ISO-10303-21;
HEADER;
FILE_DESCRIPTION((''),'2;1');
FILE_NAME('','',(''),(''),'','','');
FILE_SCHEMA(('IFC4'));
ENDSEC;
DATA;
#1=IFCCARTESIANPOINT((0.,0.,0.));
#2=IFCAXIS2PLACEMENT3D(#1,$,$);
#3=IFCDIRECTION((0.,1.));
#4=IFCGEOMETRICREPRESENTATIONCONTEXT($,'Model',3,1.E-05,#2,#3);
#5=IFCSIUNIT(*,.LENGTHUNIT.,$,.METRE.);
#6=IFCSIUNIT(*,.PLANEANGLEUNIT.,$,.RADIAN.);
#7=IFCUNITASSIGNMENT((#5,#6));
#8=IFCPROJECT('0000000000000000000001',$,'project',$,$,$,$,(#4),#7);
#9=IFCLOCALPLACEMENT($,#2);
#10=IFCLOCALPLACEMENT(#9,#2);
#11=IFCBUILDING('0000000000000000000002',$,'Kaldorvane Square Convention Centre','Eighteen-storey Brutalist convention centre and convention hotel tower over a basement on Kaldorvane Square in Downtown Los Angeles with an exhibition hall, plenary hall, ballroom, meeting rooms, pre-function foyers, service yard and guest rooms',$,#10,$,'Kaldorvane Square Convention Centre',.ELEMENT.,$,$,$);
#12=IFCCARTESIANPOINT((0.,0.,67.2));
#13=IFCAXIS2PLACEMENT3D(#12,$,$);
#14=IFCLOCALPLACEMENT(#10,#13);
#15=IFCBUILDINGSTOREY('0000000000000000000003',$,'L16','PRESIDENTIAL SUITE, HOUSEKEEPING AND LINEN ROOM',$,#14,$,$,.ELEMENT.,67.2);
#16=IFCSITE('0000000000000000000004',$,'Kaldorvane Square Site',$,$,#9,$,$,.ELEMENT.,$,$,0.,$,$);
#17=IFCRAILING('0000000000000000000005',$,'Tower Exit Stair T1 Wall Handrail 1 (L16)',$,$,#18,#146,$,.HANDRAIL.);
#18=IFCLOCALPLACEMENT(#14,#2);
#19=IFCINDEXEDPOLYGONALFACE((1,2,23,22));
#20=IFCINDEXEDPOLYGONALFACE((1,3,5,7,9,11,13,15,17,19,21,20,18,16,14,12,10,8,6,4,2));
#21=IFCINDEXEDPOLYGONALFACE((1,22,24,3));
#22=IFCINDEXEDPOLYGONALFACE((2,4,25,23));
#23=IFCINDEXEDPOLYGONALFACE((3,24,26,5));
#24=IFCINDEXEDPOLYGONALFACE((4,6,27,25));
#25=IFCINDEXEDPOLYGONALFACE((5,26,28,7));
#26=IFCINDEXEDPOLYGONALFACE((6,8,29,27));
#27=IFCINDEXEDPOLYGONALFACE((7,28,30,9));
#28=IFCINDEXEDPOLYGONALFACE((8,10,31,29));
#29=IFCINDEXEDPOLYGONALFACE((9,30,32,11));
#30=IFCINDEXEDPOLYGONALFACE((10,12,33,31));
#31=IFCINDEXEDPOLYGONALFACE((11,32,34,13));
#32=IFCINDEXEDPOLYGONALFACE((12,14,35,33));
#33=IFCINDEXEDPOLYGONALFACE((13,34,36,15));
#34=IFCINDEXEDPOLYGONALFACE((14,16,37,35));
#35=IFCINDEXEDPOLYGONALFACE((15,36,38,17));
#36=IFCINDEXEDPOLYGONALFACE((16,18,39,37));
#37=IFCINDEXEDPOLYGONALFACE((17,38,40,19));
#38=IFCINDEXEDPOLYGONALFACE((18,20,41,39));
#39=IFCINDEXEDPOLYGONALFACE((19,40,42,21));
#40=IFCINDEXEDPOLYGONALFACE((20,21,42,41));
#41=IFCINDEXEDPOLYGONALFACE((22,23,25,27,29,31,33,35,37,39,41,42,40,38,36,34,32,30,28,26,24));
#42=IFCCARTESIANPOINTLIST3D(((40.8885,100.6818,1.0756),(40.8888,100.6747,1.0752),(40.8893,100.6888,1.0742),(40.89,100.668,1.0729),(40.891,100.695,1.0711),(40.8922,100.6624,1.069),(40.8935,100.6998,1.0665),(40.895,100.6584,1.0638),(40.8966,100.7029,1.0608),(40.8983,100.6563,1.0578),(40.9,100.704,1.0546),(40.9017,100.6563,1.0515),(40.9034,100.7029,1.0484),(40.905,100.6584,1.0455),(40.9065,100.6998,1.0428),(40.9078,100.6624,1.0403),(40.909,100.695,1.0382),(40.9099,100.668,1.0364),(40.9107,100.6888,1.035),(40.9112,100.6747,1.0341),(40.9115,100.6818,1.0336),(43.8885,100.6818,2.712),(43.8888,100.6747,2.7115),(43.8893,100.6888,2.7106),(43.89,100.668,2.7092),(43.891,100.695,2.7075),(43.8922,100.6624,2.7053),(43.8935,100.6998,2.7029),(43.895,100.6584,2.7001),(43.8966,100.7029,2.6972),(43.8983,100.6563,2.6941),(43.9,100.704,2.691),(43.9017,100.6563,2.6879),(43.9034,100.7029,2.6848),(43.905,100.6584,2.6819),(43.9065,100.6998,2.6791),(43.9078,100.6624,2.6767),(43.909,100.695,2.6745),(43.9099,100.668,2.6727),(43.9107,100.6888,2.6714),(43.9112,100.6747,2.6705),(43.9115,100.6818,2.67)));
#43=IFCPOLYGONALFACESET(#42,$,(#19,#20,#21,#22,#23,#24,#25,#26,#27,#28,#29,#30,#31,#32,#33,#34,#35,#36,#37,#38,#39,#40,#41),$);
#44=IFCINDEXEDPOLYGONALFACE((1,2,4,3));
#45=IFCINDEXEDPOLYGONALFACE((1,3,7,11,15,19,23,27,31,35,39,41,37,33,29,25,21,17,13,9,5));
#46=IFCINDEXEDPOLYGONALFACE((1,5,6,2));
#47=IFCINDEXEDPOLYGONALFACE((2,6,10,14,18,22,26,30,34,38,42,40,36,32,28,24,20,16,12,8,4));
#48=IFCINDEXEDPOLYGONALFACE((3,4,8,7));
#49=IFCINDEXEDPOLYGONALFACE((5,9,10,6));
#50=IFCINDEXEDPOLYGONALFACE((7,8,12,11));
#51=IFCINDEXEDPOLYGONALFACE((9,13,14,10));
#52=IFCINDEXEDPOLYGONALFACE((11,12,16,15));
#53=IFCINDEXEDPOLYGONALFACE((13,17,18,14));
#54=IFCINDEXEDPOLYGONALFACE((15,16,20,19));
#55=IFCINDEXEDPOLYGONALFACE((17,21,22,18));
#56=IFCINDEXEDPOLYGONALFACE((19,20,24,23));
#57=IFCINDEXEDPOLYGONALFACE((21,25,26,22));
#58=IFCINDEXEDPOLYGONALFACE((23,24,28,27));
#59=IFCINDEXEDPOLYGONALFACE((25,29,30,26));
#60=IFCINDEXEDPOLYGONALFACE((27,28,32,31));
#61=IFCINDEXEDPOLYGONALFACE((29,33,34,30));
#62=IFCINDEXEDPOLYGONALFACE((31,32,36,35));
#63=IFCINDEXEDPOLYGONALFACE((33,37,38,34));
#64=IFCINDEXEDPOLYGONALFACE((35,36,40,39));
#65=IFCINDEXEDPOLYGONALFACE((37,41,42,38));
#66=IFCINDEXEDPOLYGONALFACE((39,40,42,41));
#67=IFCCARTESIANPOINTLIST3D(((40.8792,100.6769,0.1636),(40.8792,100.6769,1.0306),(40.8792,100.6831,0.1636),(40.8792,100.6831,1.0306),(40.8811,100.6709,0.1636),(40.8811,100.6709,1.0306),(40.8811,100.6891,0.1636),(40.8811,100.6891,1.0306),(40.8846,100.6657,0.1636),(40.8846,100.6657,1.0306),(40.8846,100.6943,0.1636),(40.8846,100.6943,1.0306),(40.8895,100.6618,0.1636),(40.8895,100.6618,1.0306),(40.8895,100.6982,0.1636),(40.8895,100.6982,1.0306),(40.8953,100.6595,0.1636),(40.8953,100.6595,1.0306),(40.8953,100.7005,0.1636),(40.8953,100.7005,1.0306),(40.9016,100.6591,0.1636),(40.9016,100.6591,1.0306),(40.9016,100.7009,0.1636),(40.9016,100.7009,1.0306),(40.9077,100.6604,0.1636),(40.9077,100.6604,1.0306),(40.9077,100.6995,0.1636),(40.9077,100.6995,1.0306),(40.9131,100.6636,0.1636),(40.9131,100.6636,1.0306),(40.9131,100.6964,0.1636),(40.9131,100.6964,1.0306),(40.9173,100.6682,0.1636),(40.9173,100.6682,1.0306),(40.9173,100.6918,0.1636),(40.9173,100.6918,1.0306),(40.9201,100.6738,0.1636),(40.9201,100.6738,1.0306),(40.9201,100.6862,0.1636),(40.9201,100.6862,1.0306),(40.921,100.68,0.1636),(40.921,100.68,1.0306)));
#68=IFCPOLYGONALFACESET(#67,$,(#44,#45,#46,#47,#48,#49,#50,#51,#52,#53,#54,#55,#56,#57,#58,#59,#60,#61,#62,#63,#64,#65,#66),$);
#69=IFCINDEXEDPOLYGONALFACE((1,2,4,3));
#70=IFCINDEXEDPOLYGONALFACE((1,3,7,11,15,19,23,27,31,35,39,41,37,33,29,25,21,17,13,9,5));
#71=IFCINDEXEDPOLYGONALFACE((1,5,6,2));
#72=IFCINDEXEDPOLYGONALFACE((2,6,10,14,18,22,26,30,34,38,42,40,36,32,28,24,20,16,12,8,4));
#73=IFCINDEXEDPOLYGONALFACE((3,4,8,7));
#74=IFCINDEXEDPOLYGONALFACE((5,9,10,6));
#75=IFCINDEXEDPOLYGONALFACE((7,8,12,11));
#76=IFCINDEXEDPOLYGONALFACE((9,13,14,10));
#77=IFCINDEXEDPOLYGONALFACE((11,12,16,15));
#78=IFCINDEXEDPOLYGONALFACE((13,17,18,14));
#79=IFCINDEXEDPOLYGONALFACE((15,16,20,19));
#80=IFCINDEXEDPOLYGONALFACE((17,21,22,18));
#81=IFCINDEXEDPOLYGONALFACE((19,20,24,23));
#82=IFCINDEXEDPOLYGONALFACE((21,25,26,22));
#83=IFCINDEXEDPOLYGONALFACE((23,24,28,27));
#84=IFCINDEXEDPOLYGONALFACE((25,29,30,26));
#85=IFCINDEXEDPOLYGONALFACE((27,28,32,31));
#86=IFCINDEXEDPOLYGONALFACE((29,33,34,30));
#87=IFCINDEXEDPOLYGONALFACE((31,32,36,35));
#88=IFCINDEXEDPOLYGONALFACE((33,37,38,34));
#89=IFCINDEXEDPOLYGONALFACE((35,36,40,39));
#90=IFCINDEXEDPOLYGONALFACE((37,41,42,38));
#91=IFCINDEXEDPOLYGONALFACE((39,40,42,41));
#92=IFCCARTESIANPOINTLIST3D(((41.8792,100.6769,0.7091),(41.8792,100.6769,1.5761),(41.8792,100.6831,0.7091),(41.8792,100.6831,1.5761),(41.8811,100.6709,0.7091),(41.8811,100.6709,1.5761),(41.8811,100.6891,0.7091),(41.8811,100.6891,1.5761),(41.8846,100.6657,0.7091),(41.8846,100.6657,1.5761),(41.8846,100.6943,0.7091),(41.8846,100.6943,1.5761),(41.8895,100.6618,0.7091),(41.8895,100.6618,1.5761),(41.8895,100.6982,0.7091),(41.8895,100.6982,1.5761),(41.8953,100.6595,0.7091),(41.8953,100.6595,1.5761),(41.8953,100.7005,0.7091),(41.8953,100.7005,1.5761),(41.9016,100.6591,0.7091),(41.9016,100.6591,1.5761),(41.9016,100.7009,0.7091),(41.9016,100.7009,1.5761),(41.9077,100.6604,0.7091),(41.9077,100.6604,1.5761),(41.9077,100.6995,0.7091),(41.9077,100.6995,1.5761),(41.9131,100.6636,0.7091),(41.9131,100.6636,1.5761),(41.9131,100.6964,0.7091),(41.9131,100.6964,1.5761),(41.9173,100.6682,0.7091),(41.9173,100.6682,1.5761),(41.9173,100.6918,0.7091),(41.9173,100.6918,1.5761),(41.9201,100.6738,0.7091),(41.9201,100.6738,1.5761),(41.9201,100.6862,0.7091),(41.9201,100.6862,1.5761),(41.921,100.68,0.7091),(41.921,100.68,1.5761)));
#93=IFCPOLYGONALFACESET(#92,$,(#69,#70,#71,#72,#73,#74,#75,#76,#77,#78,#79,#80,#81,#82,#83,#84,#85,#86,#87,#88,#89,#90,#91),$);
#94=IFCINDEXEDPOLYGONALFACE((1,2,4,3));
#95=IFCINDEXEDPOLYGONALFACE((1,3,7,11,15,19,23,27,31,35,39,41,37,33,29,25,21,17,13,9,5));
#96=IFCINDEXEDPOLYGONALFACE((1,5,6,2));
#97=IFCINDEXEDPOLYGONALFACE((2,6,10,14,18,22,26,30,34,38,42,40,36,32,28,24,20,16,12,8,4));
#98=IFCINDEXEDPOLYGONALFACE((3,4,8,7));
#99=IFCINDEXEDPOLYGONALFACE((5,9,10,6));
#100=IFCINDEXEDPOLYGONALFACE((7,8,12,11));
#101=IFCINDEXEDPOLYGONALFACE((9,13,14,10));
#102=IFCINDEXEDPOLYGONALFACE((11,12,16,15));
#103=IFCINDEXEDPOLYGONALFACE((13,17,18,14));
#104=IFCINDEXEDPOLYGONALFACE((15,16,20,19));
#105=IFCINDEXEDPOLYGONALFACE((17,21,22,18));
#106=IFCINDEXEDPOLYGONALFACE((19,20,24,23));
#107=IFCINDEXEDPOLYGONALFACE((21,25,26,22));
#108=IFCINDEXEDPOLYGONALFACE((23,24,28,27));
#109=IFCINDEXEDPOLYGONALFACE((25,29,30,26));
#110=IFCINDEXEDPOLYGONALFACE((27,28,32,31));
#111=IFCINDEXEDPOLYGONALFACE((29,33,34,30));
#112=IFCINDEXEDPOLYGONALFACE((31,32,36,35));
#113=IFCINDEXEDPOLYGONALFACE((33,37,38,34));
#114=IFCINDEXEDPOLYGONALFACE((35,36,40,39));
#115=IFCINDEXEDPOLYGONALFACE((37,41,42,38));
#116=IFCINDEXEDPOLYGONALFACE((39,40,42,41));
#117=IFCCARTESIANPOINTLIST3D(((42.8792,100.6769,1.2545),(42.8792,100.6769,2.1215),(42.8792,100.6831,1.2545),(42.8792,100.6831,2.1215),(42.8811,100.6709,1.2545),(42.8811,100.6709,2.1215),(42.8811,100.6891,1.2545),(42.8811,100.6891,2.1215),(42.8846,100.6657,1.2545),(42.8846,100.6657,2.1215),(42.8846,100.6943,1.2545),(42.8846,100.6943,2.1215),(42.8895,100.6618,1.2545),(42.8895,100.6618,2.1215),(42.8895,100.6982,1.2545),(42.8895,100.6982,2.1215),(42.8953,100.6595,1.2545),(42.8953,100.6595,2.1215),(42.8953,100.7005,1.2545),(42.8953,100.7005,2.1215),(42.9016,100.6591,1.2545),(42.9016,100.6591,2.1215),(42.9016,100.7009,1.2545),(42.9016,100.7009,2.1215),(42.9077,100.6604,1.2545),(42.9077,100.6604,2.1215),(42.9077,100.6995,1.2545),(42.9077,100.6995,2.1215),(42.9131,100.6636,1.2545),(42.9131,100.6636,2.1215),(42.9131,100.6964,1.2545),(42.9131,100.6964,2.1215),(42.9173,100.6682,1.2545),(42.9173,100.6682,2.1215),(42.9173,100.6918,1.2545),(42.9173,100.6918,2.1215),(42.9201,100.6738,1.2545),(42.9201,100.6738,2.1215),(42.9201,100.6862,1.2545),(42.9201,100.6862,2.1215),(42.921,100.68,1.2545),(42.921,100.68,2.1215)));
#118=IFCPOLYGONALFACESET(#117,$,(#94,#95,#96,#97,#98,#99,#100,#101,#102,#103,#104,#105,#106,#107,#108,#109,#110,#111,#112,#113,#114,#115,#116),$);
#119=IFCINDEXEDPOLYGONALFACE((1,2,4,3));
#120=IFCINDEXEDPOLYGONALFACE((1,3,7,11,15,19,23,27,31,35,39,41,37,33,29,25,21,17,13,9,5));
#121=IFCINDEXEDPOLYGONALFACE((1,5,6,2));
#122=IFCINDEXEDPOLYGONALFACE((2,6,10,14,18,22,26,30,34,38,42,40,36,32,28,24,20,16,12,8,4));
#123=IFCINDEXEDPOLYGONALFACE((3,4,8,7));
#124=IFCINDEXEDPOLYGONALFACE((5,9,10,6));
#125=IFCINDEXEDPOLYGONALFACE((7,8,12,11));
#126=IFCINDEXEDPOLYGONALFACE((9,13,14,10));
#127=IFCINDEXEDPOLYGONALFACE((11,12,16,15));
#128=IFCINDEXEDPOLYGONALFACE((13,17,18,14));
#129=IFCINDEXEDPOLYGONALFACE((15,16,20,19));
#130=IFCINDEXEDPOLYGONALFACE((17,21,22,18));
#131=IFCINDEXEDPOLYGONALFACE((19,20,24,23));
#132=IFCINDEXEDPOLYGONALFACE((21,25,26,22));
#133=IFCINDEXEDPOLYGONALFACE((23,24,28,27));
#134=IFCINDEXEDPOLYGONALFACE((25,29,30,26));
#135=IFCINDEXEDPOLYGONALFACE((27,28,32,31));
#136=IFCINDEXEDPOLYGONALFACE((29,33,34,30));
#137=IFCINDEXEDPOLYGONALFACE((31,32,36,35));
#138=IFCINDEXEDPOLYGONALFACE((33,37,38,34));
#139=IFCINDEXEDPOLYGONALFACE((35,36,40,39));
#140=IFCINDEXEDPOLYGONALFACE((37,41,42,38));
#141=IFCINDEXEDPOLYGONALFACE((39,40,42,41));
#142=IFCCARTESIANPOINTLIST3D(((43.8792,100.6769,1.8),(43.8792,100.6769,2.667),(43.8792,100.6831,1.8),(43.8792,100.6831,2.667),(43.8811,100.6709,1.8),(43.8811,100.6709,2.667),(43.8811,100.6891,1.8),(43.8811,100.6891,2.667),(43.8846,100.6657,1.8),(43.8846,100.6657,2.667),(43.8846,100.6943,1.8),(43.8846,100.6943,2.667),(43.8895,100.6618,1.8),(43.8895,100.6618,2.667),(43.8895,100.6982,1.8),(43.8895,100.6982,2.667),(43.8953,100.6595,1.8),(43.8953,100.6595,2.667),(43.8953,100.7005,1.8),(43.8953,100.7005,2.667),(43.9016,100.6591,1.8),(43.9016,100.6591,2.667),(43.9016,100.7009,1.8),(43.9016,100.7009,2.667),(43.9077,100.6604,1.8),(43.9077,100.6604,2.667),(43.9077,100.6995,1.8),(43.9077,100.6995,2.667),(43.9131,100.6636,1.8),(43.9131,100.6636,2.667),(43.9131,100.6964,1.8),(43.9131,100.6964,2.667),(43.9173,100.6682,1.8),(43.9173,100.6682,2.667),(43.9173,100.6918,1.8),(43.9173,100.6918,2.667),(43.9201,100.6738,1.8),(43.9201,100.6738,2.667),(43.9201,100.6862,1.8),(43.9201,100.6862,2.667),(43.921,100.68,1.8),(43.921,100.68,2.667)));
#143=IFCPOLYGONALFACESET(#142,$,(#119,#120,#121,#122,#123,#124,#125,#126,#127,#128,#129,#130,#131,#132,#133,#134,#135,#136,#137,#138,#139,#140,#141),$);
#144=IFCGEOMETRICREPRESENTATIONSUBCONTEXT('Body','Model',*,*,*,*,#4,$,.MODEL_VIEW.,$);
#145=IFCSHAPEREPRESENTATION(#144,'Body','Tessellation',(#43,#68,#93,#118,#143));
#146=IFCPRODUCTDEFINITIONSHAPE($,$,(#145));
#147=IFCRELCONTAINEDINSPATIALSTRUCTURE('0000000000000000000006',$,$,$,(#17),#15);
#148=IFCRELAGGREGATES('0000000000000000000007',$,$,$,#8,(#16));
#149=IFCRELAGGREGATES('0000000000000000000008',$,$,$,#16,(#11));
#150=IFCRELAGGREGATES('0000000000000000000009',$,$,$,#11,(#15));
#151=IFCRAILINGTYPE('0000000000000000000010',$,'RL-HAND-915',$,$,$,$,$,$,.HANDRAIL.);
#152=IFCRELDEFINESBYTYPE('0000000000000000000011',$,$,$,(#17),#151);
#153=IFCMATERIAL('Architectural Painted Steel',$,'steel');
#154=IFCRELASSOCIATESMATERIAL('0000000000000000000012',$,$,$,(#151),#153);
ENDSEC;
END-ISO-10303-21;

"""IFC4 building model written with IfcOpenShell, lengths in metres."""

from ifc_helpers import new_model, si_unit, direction, frame, origin, origin_2d, place, context, subcontext, project, spatial, circle, extrude, material, type_object, element, save


model = new_model("IFC4")

# Units and contexts
model_context = context("Model", 3, precision=1e-05, world=origin(), true_north=direction((0.0, 1.0)))
body_context = subcontext(model_context, "Body", "Model", "MODEL_VIEW")
ifc_project = project(units=[si_unit("LENGTHUNIT", "METRE"), si_unit("PLANEANGLEUNIT", "RADIAN")], contexts=[model_context])

# Site, building, storey
site_placement = place(None, origin())
site = spatial("IfcSite", under=ifc_project, at=site_placement, Name="Kaldorvane Square Site", CompositionType="ELEMENT", RefElevation=0.0)
building_placement = place(site_placement, origin())
building = spatial("IfcBuilding", under=site, at=building_placement, Name="Kaldorvane Square Convention Centre", Description="Eighteen-storey Brutalist convention centre and convention hotel tower over a basement on Kaldorvane Square in Downtown Los Angeles with an exhibition hall, plenary hall, ballroom, meeting rooms, pre-function foyers, service yard and guest rooms", LongName="Kaldorvane Square Convention Centre", CompositionType="ELEMENT")
storey_placement = place(building_placement, frame((0.0, 0.0, 67.2)))
storey = spatial("IfcBuildingStorey", under=building, at=storey_placement, Name="L16", Description="PRESIDENTIAL SUITE, HOUSEKEEPING AND LINEN ROOM", CompositionType="ELEMENT", Elevation=67.2)

# Railing
ifc_material_1 = material(Name="Architectural Painted Steel", Category="steel")
railing_type_1 = type_object("IfcRailingType", Name="RL-HAND-915", PredefinedType="HANDRAIL", material=ifc_material_1)
for number, where, name in (
    (1, (40.9, 100.68, 0.1636), "Tower Exit Stair T1 Wall Handrail 1 (L16)"),
):
    element("IfcRailing", number, at=place(storey_placement, frame(where)), inside=storey, type_object=railing_type_1, Name=name, PredefinedType="HANDRAIL", context=body_context, shape_type="SweptSolid", body=[
        extrude(circle(Radius=0.024, at=origin_2d()), frame((0.0, 0.0, 0.891), z_axis=(0.877895, 0.0, 0.478853), x_axis=(0.0, 1.0, 0.0)), (0.0, 0.0, 1.0), 3.4173),
        extrude(circle(Radius=0.021, at=origin_2d()), origin(), (0.0, 0.0, 1.0), 0.867),
        extrude(circle(Radius=0.021, at=origin_2d()), frame((1.0, 0.0, 0.5455)), (0.0, 0.0, 1.0), 0.867),
        extrude(circle(Radius=0.021, at=origin_2d()), frame((2.0, 0.0, 1.0909)), (0.0, 0.0, 1.0), 0.867),
        extrude(circle(Radius=0.021, at=origin_2d()), frame((3.0, 0.0, 1.6364)), (0.0, 0.0, 1.0), 0.867),
    ])

save(model, "model.ifc")
